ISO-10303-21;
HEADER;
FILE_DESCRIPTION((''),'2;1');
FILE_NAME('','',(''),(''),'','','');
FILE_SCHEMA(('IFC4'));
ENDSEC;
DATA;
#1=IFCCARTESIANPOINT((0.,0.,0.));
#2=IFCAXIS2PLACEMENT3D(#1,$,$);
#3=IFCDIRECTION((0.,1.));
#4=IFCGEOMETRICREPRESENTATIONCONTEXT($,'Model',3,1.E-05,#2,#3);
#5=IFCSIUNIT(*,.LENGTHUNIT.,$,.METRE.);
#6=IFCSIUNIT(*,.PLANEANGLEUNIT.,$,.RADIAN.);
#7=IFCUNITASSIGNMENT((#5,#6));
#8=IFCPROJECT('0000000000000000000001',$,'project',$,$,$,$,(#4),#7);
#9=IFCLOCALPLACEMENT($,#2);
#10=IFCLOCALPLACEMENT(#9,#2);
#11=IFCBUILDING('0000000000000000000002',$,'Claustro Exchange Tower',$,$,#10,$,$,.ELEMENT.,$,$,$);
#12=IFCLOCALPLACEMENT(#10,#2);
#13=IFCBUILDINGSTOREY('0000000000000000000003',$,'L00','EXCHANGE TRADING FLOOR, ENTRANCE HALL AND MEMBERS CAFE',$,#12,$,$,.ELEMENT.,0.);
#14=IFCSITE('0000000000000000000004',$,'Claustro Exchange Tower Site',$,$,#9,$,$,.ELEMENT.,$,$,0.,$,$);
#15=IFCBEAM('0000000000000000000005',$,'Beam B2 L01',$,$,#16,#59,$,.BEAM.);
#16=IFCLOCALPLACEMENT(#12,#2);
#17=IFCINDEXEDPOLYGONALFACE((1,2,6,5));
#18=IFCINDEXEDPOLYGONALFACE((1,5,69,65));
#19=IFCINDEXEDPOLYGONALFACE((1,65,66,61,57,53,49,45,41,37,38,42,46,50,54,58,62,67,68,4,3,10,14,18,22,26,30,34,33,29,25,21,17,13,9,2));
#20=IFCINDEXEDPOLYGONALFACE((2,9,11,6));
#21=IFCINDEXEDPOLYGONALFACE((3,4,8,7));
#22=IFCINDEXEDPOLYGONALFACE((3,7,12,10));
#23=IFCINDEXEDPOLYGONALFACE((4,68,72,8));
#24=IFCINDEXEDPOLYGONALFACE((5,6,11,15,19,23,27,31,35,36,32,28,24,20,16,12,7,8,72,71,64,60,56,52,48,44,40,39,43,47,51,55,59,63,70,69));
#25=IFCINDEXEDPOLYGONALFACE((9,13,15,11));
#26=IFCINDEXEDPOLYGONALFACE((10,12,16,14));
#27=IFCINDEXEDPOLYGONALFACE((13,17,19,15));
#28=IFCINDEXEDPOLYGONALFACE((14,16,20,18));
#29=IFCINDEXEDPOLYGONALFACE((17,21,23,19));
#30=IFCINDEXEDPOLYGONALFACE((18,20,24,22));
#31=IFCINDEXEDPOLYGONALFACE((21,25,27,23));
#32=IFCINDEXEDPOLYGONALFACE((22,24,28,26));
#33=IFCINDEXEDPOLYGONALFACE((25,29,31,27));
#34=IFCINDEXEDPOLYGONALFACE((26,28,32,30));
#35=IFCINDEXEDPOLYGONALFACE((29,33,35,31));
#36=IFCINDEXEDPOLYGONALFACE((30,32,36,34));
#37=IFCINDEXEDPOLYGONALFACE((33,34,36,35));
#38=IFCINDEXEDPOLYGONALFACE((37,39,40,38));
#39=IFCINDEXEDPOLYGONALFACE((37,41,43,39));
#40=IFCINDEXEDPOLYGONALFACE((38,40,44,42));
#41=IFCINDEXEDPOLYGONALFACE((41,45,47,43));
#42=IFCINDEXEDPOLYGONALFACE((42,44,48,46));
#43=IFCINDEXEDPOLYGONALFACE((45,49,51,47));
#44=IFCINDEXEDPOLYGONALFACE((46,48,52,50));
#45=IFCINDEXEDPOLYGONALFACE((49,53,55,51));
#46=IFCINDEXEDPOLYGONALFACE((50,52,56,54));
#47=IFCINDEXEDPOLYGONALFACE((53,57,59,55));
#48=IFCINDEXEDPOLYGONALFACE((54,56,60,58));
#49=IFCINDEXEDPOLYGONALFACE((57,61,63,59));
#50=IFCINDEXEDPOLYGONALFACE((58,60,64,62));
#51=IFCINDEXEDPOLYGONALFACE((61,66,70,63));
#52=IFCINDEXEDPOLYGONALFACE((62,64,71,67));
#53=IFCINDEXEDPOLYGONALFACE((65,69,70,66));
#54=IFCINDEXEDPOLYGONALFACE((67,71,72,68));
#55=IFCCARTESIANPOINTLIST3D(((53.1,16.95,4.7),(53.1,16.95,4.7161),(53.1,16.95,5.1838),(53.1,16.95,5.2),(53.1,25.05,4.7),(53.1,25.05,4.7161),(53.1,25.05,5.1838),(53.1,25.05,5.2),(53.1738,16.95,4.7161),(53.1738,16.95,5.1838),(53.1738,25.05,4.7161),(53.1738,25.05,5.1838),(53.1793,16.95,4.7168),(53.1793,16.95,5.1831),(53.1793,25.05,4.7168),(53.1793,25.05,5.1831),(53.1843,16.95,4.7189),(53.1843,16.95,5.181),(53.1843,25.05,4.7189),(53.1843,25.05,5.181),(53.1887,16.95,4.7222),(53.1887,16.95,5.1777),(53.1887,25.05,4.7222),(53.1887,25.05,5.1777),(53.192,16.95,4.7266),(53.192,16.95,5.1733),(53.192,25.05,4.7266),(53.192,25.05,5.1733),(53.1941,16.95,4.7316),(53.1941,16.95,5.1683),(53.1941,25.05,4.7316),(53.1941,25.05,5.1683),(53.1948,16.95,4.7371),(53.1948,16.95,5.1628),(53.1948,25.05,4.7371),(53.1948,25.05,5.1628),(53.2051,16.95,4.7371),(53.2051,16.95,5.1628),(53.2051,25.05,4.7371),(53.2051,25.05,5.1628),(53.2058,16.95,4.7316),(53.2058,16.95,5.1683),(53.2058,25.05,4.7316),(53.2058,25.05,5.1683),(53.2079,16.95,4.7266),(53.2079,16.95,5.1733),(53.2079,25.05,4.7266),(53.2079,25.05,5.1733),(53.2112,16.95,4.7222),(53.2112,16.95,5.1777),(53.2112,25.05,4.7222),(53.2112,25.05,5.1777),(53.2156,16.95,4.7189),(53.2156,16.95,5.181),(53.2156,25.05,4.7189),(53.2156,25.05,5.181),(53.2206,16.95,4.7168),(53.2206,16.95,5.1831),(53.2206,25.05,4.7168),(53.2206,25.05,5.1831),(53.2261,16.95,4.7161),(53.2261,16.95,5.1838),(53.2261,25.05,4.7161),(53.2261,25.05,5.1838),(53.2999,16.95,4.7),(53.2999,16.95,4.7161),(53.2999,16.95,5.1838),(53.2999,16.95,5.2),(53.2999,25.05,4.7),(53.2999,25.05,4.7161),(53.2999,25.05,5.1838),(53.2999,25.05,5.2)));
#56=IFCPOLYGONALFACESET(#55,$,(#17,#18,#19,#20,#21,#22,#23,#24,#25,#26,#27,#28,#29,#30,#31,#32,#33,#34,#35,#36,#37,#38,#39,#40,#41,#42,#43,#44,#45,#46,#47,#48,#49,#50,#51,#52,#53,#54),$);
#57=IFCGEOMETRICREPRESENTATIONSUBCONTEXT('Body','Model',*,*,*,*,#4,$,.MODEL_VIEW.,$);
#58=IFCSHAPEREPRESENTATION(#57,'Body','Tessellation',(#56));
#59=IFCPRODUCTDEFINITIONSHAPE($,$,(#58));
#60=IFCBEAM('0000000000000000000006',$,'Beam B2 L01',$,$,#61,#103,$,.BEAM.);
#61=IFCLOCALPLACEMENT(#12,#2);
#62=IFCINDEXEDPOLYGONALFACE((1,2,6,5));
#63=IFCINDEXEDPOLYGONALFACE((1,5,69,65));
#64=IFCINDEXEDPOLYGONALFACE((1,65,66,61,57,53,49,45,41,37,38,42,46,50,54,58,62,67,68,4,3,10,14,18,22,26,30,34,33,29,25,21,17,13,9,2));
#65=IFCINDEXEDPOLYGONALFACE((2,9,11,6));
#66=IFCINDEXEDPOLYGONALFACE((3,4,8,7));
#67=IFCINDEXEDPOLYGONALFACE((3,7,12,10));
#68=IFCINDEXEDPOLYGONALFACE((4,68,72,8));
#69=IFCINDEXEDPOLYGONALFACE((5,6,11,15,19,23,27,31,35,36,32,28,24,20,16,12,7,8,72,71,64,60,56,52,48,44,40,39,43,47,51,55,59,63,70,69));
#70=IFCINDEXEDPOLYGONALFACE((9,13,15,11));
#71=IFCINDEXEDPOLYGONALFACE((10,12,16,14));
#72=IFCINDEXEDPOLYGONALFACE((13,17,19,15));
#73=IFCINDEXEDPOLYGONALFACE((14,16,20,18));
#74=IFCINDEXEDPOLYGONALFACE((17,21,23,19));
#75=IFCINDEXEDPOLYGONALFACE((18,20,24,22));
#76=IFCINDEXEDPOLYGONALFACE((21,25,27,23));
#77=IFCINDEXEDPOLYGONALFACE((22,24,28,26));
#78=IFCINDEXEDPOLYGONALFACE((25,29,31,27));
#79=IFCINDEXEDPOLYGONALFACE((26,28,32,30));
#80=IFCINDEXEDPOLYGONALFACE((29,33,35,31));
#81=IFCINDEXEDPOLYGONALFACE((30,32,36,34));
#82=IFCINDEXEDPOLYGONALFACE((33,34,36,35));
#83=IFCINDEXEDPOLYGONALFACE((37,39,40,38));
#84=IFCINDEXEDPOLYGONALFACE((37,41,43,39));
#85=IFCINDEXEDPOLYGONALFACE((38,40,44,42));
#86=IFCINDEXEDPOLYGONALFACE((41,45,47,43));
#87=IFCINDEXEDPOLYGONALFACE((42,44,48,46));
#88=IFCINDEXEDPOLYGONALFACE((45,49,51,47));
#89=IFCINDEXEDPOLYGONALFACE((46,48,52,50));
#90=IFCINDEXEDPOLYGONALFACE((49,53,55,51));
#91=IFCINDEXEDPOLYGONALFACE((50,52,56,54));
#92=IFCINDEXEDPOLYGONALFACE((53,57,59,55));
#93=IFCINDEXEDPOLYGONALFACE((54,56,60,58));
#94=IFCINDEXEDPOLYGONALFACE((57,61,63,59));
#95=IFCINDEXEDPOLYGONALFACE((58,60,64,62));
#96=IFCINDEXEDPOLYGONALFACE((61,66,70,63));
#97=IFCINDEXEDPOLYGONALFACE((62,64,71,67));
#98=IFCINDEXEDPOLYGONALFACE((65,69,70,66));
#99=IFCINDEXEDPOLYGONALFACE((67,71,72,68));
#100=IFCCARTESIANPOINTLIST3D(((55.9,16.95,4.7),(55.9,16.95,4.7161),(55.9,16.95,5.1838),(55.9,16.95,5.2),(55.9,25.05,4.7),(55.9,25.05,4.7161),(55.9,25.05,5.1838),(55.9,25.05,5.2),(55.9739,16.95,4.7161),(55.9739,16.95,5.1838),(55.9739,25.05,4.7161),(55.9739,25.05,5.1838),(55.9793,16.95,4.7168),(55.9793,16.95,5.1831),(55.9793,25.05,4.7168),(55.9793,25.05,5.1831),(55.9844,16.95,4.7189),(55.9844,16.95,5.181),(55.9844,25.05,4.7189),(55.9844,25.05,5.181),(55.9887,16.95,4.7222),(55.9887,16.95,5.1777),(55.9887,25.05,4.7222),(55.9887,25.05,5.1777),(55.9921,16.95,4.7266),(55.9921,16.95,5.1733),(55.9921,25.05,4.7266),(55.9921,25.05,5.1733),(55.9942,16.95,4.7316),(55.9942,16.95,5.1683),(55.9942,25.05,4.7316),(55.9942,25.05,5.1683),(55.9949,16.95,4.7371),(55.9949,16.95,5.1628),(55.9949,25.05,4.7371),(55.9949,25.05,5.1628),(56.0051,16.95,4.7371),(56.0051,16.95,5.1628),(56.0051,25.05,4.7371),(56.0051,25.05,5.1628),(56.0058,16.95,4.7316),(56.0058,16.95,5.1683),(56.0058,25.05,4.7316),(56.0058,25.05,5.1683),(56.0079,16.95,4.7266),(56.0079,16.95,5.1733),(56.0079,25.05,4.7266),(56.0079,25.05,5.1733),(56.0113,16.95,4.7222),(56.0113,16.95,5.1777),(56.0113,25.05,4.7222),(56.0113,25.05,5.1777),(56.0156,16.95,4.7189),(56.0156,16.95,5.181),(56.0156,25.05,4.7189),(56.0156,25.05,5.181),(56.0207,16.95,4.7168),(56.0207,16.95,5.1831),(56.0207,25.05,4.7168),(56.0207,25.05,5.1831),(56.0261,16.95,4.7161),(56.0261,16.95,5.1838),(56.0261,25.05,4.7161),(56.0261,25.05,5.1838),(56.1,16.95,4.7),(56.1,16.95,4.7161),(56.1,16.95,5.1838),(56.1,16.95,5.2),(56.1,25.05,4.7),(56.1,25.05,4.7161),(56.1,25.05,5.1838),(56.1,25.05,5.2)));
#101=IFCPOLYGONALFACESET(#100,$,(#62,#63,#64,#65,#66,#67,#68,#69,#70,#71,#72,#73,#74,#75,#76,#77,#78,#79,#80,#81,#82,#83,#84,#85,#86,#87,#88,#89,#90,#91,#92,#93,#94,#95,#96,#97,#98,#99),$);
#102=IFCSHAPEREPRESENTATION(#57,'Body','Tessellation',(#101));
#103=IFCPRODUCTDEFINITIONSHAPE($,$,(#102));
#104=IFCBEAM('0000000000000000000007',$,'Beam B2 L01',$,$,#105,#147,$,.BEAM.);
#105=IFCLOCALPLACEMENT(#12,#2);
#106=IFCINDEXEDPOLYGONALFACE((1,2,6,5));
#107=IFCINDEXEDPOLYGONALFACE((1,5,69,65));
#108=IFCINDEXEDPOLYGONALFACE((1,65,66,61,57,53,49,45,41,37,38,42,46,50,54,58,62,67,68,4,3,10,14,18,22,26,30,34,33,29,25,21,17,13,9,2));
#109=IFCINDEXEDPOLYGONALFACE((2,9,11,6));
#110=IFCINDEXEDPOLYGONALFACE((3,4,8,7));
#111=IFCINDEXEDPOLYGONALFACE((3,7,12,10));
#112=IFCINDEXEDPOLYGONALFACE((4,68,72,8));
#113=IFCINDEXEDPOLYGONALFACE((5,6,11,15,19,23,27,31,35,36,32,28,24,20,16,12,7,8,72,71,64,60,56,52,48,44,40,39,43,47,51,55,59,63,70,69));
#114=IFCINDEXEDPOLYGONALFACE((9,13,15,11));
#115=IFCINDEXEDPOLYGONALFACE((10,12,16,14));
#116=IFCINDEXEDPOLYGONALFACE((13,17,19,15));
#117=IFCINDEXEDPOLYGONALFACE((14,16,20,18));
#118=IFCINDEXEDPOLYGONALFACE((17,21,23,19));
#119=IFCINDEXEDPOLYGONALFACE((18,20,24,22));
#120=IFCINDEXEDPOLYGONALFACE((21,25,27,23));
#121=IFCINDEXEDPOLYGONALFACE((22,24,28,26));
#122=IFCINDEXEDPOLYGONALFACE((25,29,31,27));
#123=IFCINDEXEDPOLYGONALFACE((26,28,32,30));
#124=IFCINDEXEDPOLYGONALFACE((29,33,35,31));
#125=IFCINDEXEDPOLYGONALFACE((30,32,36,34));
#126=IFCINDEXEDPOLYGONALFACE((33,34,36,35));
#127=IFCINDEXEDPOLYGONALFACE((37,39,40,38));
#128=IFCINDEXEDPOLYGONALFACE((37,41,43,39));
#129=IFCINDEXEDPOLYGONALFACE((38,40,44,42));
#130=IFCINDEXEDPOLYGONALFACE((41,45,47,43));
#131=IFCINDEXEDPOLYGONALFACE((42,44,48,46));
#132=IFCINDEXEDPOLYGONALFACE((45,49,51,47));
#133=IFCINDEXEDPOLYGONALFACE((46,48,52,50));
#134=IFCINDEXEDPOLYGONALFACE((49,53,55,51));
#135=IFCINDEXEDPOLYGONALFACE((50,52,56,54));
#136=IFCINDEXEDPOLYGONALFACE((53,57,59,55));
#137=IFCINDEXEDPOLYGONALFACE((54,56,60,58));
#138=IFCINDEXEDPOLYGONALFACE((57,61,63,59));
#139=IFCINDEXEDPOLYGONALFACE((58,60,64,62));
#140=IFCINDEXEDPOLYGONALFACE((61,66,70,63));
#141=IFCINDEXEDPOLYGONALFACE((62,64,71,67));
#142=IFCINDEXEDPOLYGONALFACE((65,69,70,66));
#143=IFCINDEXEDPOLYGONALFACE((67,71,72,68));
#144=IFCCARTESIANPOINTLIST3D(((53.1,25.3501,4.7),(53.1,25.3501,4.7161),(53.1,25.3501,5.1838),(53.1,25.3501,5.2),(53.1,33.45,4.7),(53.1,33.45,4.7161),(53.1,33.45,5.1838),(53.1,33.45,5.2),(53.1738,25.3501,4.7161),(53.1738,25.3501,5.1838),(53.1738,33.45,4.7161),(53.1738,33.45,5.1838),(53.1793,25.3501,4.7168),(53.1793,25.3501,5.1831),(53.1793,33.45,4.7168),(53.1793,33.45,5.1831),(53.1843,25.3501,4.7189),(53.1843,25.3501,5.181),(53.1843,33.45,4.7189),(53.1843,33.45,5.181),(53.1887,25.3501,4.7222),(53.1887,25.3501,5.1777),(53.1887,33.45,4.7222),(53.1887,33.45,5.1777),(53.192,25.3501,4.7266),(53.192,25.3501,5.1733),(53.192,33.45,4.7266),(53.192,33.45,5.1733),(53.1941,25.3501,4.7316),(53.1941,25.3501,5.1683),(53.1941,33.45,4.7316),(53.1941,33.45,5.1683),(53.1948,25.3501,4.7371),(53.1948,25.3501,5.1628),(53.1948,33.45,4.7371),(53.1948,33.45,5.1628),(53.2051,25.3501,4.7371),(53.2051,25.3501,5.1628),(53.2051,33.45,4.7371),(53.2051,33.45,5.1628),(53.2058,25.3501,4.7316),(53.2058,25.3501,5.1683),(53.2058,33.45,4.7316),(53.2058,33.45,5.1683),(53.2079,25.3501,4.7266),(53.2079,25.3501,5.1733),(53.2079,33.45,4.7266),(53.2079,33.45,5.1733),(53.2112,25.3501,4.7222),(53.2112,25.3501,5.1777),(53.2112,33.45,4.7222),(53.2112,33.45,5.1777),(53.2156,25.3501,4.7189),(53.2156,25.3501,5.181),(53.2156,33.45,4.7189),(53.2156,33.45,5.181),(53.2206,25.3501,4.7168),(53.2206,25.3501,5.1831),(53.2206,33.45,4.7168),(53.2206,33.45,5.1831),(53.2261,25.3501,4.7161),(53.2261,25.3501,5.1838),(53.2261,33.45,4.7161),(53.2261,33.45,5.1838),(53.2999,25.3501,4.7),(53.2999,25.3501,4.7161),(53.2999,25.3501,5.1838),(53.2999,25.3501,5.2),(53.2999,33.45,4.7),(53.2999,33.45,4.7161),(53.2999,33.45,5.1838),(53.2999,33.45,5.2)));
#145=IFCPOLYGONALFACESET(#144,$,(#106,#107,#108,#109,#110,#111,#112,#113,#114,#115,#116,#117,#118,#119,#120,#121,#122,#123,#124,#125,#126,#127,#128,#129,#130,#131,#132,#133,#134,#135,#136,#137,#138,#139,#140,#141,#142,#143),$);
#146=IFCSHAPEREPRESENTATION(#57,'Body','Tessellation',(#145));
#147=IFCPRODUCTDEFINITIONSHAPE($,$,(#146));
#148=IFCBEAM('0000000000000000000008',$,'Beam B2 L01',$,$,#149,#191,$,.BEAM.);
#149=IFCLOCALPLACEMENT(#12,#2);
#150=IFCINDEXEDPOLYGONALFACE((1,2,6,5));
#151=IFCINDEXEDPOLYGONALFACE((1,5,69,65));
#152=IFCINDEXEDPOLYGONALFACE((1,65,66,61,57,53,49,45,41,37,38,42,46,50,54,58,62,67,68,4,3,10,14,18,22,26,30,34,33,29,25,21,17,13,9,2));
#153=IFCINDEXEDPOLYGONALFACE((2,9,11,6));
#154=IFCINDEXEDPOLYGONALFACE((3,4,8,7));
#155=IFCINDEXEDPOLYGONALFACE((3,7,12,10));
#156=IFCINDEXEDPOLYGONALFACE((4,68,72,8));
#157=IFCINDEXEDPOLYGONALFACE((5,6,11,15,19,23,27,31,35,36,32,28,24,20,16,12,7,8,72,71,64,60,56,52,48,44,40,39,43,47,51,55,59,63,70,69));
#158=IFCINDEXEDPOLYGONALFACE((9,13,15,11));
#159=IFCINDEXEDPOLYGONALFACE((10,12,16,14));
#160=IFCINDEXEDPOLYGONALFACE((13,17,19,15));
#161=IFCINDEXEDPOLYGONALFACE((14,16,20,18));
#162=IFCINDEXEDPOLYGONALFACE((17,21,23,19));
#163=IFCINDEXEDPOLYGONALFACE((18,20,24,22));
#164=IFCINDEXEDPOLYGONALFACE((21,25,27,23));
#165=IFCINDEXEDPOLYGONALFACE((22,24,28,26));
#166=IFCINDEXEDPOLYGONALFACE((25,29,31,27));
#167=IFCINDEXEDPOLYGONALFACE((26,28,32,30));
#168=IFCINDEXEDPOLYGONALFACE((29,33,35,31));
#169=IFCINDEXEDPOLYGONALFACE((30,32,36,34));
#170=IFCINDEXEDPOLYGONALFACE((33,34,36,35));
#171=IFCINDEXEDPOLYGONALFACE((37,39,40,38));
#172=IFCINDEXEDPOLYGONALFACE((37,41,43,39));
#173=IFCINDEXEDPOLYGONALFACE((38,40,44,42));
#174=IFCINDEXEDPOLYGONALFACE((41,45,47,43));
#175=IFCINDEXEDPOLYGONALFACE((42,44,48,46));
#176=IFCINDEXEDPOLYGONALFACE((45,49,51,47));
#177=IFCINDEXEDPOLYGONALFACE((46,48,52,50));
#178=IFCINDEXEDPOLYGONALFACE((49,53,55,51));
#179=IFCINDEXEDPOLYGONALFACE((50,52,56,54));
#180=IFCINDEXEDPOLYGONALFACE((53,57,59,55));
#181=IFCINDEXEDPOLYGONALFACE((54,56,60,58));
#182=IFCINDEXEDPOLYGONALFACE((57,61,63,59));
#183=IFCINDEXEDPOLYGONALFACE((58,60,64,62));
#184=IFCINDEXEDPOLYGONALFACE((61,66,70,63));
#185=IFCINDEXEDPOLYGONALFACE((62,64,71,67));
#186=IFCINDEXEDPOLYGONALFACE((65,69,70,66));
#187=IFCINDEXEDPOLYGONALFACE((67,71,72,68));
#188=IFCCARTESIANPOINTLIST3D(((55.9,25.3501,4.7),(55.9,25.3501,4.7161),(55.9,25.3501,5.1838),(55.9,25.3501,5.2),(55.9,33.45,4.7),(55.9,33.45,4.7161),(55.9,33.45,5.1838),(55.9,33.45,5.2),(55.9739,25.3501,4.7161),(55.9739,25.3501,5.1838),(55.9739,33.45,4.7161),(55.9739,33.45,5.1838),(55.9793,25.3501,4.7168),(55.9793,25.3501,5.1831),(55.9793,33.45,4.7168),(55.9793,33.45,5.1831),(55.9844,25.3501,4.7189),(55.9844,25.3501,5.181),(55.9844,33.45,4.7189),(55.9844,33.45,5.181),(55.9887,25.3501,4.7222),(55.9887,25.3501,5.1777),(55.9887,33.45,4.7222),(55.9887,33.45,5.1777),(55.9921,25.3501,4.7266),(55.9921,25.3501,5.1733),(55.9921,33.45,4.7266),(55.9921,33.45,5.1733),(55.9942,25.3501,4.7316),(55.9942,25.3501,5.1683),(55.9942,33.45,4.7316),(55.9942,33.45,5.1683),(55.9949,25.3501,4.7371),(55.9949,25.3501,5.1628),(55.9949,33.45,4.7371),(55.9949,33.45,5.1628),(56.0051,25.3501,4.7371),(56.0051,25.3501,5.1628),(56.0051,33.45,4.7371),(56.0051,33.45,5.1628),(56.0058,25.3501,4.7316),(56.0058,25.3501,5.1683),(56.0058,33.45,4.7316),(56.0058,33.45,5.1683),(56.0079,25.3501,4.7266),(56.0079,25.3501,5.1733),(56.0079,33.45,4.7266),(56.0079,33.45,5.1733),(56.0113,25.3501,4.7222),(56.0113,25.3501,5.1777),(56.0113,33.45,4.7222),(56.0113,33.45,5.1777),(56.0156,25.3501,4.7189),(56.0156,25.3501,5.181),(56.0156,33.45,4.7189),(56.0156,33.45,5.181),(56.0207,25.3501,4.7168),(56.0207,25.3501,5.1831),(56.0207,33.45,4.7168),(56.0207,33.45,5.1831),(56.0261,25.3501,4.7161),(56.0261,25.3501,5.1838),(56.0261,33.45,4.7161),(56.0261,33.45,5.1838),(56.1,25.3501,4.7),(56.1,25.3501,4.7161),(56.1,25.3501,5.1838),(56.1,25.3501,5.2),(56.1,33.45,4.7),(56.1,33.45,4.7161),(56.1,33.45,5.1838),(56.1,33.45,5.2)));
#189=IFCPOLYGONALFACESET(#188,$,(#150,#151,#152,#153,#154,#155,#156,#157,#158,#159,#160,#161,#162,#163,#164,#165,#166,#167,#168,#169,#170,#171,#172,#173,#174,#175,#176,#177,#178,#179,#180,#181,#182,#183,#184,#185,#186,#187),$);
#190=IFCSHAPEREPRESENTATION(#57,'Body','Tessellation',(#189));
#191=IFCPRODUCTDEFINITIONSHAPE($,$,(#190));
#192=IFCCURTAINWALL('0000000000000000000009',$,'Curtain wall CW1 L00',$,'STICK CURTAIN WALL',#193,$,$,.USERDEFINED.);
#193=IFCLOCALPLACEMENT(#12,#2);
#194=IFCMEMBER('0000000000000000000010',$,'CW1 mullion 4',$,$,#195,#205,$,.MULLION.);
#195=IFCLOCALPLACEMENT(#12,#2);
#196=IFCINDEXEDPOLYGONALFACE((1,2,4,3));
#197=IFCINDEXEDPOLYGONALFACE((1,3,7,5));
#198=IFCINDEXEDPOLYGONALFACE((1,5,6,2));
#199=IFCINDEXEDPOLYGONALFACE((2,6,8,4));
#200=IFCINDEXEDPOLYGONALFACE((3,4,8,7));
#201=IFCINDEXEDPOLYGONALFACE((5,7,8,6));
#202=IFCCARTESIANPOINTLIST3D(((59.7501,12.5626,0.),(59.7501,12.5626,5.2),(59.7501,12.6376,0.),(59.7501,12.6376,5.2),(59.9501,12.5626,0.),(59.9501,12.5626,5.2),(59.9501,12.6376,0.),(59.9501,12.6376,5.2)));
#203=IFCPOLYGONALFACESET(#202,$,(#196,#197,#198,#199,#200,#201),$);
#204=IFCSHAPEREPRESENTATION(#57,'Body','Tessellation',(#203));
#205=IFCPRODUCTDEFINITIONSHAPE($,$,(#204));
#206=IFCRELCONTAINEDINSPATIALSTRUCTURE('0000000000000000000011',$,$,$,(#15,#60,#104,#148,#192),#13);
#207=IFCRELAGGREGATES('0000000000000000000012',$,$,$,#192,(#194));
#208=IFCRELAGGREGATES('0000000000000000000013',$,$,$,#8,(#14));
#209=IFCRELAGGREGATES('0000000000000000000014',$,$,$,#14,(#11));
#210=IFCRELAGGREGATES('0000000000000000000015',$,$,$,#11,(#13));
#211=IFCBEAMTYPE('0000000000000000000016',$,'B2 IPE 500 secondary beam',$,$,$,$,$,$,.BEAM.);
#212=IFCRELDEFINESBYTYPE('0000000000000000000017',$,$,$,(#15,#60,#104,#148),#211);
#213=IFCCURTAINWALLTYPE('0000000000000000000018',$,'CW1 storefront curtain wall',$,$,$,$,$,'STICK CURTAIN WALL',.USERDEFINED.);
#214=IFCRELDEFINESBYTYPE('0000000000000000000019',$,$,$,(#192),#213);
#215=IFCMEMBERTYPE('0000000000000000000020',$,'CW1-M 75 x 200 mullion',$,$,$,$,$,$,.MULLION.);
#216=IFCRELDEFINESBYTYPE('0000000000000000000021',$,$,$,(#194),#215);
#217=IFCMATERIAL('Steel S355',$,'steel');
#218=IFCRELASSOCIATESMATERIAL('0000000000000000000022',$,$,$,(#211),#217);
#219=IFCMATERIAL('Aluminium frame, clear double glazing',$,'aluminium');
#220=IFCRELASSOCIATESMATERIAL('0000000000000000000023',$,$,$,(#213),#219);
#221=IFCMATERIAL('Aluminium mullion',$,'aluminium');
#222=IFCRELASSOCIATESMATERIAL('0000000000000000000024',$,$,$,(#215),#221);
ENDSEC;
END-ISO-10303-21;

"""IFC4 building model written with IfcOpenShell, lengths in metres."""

from ifc_helpers import new_model, si_unit, direction, frame, origin, origin_2d, place, context, subcontext, project, spatial, rectangle, i_section, extrude, material, material_profile, profile_set, type_object, element, aggregate, save


model = new_model("IFC4")

# Units and contexts
model_context = context("Model", 3, precision=1e-05, world=origin(), true_north=direction((0.0, 1.0)))
body_context = subcontext(model_context, "Body", "Model", "MODEL_VIEW")
ifc_project = project(units=[si_unit("LENGTHUNIT", "METRE"), si_unit("PLANEANGLEUNIT", "RADIAN")], contexts=[model_context])

# Site, building, storey
site_placement = place(None, origin())
site = spatial("IfcSite", under=ifc_project, at=site_placement, Name="Claustro Exchange Tower Site", CompositionType="ELEMENT", RefElevation=0.0)
building_placement = place(site_placement, origin())
building = spatial("IfcBuilding", under=site, at=building_placement, Name="Claustro Exchange Tower", CompositionType="ELEMENT")
storey_placement = place(building_placement, origin())
storey = spatial("IfcBuildingStorey", under=building, at=storey_placement, Name="L00", Description="EXCHANGE TRADING FLOOR, ENTRANCE HALL AND MEMBERS CAFE", CompositionType="ELEMENT", Elevation=0.0)

# Beams
ifc_material_1 = material(Name="Steel S355", Category="steel")
ifc_material_profile_1 = material_profile(ifc_material_1, i_section(OverallWidth=0.2, OverallDepth=0.5, WebThickness=0.0103, FlangeThickness=0.0161, FilletRadius=0.021, at=origin_2d()), Name="IPE 500")
ifc_profile_set_1 = profile_set([ifc_material_profile_1], Name="Steel S355")
beam_type_1 = type_object("IfcBeamType", Name="B2 IPE 500 secondary beam", PredefinedType="BEAM", material=ifc_profile_set_1)
for number, where, z_axis, x_axis, name in (
    (1, (53.2, 16.95, 4.95), (0.0, 1.0, 0.0), (-1.0, 0.0, 0.0), "Beam B2 L01"),
    (2, (56.0, 16.95, 4.95), (0.0, 1.0, 0.0), (-1.0, 0.0, 0.0), "Beam B2 L01"),
):
    element("IfcBeam", number, at=place(storey_placement, frame(where, z_axis=z_axis, x_axis=x_axis)), inside=storey, type_object=beam_type_1, Name=name, PredefinedType="BEAM", context=body_context, shape_type="SweptSolid", body=[
        extrude(i_section(OverallWidth=0.2, OverallDepth=0.5, WebThickness=0.0103, FlangeThickness=0.0161, FilletRadius=0.021, at=origin_2d()), origin(), (0.0, 0.0, 1.0), 8.1001),
    ])
for number, where, z_axis, x_axis, name in (
    (3, (53.2, 25.3501, 4.95), (0.0, 1.0, 0.0), (-1.0, 0.0, 0.0), "Beam B2 L01"),
    (4, (56.0, 25.3501, 4.95), (0.0, 1.0, 0.0), (-1.0, 0.0, 0.0), "Beam B2 L01"),
):
    element("IfcBeam", number, at=place(storey_placement, frame(where, z_axis=z_axis, x_axis=x_axis)), inside=storey, type_object=beam_type_1, Name=name, PredefinedType="BEAM", context=body_context, shape_type="SweptSolid", body=[
        extrude(i_section(OverallWidth=0.2, OverallDepth=0.5, WebThickness=0.0103, FlangeThickness=0.0161, FilletRadius=0.021, at=origin_2d()), origin(), (0.0, 0.0, 1.0), 8.0999),
    ])

# Curtain wall, member
ifc_material_2 = material(Name="Aluminium frame, clear double glazing", Category="aluminium")
curtain_wall_type = type_object("IfcCurtainWallType", Name="CW1 storefront curtain wall", ElementType="STICK CURTAIN WALL", PredefinedType="USERDEFINED", material=ifc_material_2)
curtain_wall_placement = place(storey_placement, origin())
curtain_wall = element("IfcCurtainWall", 5, at=curtain_wall_placement, inside=storey, type_object=curtain_wall_type, Name="Curtain wall CW1 L00", ObjectType="STICK CURTAIN WALL", PredefinedType="USERDEFINED")
ifc_material_3 = material(Name="Aluminium mullion", Category="aluminium")
ifc_material_profile_2 = material_profile(ifc_material_3, rectangle(XDim=0.2, YDim=0.075, at=origin_2d()), Name="CW1-M 75x200")
ifc_profile_set_2 = profile_set([ifc_material_profile_2], Name="Aluminium mullion")
member_type_1 = type_object("IfcMemberType", Name="CW1-M 75 x 200 mullion", PredefinedType="MULLION", material=ifc_profile_set_2)
member_1_placement = place(storey_placement, frame((59.8501, 12.6001, 0.0), z_axis=(0.0, 0.0, 1.0), x_axis=(-1.0, 0.0, 0.0)))
member_1 = element("IfcMember", 6, at=member_1_placement, type_object=member_type_1, Name="CW1 mullion 4", PredefinedType="MULLION", context=body_context, shape_type="SweptSolid", body=[
    extrude(rectangle(XDim=0.2, YDim=0.075, at=origin_2d()), origin(), (0.0, 0.0, 1.0), 5.2),
])
aggregate(curtain_wall, [member_1])

save(model, "model.ifc")
